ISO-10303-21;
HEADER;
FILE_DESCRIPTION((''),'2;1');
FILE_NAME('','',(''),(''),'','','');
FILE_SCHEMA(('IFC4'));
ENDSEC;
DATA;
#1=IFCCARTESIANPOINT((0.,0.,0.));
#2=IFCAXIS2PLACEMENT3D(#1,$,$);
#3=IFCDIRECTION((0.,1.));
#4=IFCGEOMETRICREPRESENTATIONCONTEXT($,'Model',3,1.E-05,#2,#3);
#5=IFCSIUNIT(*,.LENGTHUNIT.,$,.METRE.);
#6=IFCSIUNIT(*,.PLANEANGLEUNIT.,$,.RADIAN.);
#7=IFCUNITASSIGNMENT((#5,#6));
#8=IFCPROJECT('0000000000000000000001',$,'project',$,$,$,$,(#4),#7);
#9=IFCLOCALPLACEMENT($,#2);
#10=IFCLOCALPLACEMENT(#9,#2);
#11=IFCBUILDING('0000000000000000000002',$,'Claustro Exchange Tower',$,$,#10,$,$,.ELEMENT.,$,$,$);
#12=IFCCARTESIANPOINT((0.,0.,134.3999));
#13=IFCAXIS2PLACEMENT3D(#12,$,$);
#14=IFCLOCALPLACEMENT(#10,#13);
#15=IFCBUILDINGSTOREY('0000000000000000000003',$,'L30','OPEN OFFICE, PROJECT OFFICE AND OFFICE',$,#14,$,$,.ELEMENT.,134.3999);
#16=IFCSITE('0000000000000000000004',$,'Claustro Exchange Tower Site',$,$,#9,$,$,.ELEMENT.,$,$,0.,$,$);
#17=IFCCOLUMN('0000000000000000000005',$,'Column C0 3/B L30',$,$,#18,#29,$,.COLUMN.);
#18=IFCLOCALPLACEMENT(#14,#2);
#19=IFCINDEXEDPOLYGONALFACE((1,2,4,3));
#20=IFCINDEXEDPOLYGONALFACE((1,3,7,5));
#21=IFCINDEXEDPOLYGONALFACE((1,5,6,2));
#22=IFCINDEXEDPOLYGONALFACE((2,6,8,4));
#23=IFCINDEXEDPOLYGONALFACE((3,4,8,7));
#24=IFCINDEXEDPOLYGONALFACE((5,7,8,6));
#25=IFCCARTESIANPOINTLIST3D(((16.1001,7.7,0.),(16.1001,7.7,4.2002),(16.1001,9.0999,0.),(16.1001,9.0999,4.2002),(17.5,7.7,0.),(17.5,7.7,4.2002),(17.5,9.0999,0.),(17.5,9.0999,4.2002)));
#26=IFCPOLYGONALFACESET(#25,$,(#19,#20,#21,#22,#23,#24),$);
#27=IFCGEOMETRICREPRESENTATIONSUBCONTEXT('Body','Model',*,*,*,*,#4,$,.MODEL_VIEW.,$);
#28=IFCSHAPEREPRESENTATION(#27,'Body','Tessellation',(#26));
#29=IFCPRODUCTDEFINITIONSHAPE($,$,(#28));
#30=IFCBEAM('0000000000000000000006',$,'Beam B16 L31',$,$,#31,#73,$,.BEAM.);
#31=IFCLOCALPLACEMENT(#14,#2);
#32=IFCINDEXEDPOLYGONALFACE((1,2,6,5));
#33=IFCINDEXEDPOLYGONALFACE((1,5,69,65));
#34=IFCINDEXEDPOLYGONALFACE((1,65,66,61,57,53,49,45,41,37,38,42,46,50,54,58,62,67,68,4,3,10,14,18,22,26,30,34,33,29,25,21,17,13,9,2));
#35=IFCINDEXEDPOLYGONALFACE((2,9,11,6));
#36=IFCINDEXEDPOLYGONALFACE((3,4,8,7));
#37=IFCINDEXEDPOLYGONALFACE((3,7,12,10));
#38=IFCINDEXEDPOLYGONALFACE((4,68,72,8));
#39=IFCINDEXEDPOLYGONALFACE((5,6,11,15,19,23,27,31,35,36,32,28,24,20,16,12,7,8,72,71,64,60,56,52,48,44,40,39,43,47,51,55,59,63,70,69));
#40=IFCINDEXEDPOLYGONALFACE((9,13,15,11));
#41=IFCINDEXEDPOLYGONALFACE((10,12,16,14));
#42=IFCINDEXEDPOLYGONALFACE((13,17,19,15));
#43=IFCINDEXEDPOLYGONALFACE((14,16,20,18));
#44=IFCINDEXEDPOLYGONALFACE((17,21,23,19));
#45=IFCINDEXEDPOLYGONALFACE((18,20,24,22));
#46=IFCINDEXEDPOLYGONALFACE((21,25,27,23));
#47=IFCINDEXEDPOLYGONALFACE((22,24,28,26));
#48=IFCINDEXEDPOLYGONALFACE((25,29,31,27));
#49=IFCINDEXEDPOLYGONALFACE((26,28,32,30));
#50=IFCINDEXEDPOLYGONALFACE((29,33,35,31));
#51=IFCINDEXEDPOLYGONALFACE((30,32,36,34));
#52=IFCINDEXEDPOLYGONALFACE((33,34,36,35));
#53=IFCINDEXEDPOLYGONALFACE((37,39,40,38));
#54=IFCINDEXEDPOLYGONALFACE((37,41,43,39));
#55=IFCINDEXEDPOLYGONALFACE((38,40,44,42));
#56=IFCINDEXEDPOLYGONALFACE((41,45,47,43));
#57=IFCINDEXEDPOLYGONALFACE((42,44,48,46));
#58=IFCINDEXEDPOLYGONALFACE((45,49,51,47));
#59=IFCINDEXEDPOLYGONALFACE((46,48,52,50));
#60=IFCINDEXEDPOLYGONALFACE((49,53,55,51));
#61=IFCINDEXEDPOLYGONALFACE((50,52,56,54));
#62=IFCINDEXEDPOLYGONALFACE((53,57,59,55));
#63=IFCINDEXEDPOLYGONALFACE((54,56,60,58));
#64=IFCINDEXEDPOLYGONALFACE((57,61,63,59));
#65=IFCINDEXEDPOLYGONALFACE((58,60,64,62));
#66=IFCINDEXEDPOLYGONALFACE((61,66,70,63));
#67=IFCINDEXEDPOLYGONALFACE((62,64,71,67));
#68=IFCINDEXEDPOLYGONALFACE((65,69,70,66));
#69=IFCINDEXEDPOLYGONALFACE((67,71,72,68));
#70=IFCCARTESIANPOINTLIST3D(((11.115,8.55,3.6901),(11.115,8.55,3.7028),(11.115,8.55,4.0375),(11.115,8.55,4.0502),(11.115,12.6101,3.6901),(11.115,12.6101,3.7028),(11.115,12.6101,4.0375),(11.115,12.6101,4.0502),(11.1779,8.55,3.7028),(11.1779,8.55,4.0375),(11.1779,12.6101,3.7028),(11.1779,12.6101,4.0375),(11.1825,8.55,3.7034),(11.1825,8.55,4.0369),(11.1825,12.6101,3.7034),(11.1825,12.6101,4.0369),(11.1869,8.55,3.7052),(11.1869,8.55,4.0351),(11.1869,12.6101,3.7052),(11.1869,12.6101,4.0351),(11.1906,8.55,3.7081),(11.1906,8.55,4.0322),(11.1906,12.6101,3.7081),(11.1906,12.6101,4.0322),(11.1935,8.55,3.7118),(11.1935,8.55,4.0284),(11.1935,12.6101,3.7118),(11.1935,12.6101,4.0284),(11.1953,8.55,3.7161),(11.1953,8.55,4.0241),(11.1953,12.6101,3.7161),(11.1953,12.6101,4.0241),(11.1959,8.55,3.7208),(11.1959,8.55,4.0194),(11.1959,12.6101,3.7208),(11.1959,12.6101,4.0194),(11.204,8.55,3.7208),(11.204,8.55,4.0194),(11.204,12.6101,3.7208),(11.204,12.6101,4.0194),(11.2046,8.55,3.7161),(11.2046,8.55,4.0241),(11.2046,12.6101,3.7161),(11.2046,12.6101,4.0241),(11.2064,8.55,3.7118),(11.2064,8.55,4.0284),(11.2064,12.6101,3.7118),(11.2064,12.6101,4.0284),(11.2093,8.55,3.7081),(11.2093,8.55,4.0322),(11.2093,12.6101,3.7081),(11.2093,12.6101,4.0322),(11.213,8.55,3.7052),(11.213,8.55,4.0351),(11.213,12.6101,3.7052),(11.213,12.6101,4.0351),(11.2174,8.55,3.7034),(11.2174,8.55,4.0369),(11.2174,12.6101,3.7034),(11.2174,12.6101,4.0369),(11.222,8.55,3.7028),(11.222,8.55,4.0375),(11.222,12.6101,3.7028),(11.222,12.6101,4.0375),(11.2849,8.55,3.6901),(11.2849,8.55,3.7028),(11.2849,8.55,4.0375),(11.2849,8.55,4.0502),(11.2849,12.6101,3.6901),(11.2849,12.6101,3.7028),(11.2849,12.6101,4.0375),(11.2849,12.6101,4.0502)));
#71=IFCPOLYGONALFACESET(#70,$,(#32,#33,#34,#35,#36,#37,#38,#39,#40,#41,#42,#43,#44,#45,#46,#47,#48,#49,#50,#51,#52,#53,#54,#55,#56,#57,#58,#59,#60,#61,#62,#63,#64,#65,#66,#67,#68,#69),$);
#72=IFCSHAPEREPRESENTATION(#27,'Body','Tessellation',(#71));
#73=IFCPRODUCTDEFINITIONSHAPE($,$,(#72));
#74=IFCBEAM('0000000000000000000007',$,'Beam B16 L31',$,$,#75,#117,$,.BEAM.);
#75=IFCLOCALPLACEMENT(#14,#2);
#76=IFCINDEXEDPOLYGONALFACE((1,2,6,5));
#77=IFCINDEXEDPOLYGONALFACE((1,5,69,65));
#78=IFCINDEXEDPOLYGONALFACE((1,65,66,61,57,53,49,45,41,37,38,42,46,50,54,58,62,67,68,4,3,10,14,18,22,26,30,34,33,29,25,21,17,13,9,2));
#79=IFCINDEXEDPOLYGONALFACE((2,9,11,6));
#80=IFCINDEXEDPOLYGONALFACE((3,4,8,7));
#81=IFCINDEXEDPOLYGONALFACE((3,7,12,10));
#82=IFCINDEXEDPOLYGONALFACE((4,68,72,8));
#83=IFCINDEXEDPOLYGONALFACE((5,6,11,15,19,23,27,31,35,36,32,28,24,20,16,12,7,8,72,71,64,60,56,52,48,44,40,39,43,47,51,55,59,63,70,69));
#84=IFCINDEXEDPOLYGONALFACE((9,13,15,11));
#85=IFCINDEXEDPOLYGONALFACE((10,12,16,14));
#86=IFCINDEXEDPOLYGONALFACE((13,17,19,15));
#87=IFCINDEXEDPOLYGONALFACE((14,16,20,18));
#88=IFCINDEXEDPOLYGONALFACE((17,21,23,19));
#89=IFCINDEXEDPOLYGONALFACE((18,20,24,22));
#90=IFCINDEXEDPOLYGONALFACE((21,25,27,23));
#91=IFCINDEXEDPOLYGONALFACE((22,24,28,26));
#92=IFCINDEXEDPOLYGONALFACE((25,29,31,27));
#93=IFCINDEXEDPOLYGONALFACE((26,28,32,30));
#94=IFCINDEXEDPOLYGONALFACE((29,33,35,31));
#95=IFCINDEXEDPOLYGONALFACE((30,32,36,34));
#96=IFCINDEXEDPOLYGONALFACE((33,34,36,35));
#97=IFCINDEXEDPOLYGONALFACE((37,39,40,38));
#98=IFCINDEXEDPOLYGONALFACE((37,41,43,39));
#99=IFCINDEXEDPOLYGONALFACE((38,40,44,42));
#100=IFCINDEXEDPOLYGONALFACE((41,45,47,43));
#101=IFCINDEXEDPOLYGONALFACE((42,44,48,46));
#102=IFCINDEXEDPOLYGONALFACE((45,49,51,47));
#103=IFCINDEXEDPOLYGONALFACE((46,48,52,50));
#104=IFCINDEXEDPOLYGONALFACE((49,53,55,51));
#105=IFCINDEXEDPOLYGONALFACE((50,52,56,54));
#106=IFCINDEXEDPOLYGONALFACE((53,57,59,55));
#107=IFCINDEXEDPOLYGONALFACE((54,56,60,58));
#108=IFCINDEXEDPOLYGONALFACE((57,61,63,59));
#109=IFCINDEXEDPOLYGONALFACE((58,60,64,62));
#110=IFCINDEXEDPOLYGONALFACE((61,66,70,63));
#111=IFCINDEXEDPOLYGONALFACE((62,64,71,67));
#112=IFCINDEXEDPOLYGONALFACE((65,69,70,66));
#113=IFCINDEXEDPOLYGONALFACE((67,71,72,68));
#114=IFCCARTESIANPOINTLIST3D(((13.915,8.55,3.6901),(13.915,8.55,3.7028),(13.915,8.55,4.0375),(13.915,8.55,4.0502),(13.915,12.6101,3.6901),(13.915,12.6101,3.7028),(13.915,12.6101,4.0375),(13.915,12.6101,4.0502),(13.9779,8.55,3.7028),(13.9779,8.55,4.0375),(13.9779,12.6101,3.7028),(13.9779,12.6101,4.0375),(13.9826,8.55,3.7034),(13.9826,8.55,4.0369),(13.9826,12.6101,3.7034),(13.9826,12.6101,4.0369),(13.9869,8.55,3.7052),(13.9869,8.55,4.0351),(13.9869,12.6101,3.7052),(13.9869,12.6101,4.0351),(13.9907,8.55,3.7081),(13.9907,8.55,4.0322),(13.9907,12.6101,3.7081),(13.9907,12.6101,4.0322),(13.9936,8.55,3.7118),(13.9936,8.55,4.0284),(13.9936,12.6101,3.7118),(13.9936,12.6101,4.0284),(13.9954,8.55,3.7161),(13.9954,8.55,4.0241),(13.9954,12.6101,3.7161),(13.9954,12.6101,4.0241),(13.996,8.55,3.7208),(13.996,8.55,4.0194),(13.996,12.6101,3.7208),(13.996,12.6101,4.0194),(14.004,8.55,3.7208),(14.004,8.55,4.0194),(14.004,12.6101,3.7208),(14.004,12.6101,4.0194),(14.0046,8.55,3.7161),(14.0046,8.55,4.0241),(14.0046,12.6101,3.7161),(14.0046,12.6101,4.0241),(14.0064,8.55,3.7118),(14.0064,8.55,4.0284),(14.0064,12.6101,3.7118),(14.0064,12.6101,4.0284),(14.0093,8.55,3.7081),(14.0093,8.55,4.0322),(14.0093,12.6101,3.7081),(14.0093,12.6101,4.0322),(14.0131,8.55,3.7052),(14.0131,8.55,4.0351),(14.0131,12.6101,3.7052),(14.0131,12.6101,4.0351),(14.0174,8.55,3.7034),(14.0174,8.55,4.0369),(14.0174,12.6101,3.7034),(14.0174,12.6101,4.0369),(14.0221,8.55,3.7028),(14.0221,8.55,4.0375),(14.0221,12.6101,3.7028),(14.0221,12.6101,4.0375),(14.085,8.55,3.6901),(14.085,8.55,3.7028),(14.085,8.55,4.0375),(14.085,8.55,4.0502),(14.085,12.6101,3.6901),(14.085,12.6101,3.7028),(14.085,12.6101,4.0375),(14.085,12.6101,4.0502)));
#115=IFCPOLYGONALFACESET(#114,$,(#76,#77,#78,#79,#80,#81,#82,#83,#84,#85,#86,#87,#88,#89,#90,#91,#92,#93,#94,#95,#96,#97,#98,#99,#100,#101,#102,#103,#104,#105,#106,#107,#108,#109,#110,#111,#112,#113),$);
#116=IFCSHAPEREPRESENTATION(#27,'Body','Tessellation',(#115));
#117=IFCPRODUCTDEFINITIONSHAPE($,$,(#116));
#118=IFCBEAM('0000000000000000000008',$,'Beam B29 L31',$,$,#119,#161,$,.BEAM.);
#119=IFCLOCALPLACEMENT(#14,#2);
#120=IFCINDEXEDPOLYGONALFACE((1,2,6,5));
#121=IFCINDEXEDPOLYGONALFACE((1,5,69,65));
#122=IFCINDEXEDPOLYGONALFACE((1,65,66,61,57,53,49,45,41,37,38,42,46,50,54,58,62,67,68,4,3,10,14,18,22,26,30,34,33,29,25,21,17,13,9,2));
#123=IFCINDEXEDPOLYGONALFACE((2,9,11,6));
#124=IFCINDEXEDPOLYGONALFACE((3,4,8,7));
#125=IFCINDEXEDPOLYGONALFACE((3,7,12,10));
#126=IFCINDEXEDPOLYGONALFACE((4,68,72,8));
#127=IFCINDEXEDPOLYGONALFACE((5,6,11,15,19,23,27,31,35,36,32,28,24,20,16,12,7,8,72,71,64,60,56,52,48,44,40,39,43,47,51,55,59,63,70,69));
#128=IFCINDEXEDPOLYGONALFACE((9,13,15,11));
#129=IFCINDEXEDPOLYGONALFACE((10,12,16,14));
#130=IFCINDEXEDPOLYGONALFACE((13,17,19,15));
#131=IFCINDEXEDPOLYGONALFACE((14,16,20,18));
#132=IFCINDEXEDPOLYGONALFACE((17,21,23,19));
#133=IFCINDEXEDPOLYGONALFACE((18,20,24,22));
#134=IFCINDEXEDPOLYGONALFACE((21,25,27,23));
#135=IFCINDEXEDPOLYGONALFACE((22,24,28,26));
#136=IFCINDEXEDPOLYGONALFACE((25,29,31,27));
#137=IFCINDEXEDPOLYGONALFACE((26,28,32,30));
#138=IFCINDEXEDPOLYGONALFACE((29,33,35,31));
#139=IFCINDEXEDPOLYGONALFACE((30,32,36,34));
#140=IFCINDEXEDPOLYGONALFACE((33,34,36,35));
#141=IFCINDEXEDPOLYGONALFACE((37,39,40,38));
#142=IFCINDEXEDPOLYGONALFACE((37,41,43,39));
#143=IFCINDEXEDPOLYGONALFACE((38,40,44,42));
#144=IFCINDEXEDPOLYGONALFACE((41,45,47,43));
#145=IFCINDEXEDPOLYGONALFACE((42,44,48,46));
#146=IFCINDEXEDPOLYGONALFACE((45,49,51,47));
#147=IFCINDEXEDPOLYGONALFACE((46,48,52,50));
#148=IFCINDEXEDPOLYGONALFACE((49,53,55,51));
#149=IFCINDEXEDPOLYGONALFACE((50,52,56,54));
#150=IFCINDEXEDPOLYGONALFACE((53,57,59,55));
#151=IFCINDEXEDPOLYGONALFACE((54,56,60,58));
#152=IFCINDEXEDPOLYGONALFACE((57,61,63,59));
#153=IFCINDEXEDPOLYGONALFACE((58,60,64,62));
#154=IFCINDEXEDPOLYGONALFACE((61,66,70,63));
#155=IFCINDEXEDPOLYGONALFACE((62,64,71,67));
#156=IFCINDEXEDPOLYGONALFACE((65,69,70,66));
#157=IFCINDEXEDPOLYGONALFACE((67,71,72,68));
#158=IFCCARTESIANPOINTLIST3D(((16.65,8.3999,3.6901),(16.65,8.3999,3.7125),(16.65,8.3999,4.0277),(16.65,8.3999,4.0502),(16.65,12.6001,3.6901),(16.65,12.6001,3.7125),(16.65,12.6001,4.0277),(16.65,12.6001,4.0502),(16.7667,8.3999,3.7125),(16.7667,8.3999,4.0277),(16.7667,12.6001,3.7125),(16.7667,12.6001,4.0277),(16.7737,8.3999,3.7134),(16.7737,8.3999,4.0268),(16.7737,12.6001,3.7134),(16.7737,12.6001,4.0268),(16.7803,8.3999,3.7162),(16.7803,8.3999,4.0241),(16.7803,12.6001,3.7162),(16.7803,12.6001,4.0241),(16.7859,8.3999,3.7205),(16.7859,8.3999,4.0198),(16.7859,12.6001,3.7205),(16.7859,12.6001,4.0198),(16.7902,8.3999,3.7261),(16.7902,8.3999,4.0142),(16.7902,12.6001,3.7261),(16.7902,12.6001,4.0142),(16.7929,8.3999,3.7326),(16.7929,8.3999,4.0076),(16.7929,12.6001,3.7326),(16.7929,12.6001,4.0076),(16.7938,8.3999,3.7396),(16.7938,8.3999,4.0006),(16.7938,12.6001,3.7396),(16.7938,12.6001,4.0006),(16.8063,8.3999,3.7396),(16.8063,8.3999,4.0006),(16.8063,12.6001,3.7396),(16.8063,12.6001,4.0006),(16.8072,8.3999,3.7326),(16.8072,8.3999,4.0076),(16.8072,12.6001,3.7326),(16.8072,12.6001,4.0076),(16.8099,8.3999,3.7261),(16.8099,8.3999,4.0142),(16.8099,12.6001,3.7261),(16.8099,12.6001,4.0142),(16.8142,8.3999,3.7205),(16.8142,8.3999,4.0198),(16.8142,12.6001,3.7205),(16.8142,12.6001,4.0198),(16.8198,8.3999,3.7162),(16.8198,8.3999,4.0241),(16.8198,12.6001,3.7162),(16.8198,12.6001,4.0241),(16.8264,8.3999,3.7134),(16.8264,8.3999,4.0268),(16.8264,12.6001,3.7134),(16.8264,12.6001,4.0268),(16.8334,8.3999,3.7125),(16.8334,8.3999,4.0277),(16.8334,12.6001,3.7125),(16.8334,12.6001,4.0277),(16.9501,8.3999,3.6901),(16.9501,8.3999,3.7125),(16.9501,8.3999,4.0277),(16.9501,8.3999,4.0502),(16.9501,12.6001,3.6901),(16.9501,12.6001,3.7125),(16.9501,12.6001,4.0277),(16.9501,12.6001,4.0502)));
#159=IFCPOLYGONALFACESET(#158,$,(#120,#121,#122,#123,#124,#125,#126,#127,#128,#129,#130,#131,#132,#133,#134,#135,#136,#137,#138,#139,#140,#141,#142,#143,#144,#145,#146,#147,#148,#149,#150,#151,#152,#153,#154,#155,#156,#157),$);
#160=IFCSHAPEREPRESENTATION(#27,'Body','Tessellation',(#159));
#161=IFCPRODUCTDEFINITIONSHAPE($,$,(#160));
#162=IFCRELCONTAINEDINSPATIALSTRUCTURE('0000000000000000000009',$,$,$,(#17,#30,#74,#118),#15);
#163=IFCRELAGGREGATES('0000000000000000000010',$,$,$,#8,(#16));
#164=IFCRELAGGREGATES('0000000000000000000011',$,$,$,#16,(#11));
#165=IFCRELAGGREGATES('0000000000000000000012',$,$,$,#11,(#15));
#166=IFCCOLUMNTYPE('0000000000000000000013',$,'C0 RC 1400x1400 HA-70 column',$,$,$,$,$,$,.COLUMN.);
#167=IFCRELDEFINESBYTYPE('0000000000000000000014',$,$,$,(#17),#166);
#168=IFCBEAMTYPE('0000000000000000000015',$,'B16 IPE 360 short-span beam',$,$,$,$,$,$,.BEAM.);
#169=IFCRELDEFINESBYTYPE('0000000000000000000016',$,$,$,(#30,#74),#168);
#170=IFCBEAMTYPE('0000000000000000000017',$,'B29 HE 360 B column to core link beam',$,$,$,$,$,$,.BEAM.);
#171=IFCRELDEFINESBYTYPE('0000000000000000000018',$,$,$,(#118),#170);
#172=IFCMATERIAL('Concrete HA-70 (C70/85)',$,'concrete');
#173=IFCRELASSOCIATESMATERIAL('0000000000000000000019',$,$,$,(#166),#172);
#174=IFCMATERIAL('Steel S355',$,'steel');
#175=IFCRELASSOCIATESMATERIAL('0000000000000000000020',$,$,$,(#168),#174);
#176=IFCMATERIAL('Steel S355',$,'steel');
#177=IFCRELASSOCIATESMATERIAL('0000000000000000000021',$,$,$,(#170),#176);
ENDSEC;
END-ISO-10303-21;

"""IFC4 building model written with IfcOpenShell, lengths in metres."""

from ifc_helpers import new_model, si_unit, direction, frame, origin, origin_2d, place, context, subcontext, project, spatial, rectangle, i_section, extrude, material, material_profile, profile_set, type_object, element, save


model = new_model("IFC4")

# Units and contexts
model_context = context("Model", 3, precision=1e-05, world=origin(), true_north=direction((0.0, 1.0)))
body_context = subcontext(model_context, "Body", "Model", "MODEL_VIEW")
ifc_project = project(units=[si_unit("LENGTHUNIT", "METRE"), si_unit("PLANEANGLEUNIT", "RADIAN")], contexts=[model_context])

# Site, building, storey
site_placement = place(None, origin())
site = spatial("IfcSite", under=ifc_project, at=site_placement, Name="Claustro Exchange Tower Site", CompositionType="ELEMENT", RefElevation=0.0)
building_placement = place(site_placement, origin())
building = spatial("IfcBuilding", under=site, at=building_placement, Name="Claustro Exchange Tower", CompositionType="ELEMENT")
storey_placement = place(building_placement, frame((0.0, 0.0, 134.3999)))
storey = spatial("IfcBuildingStorey", under=building, at=storey_placement, Name="L30", Description="OPEN OFFICE, PROJECT OFFICE AND OFFICE", CompositionType="ELEMENT", Elevation=134.3999)

# Column
ifc_material_1 = material(Name="Concrete HA-70 (C70/85)", Category="concrete")
ifc_material_profile_1 = material_profile(ifc_material_1, rectangle(XDim=1.3999, YDim=1.3999, at=origin_2d()), Name="RC 1400x1400")
ifc_profile_set_1 = profile_set([ifc_material_profile_1], Name="Concrete HA-70 (C70/85)")
column_type = type_object("IfcColumnType", Name="C0 RC 1400x1400 HA-70 column", PredefinedType="COLUMN", material=ifc_profile_set_1)
column_placement = place(storey_placement, frame((16.8, 8.3999, 0.0), z_axis=(0.0, 0.0, 1.0), x_axis=(1.0, 0.0, 0.0)))
element("IfcColumn", 1, at=column_placement, inside=storey, type_object=column_type, Name="Column C0 3/B L30", PredefinedType="COLUMN", context=body_context, shape_type="SweptSolid", body=[
    extrude(rectangle(XDim=1.3999, YDim=1.3999, at=origin_2d()), origin(), (0.0, 0.0, 1.0), 4.2002),
])

# Beams
ifc_material_2 = material(Name="Steel S355", Category="steel")
ifc_material_profile_2 = material_profile(ifc_material_2, i_section(OverallWidth=0.1699, OverallDepth=0.3601, WebThickness=0.0081, FlangeThickness=0.0127, FilletRadius=0.0181, at=origin_2d()), Name="IPE 360")
ifc_profile_set_2 = profile_set([ifc_material_profile_2], Name="Steel S355")
beam_type_1 = type_object("IfcBeamType", Name="B16 IPE 360 short-span beam", PredefinedType="BEAM", material=ifc_profile_set_2)
for number, where, z_axis, x_axis, name in (
    (2, (11.2, 8.55, 3.8701), (0.0, 1.0, 0.0), (-1.0, 0.0, 0.0), "Beam B16 L31"),
    (3, (14.0, 8.55, 3.8701), (0.0, 1.0, 0.0), (-1.0, 0.0, 0.0), "Beam B16 L31"),
):
    element("IfcBeam", number, at=place(storey_placement, frame(where, z_axis=z_axis, x_axis=x_axis)), inside=storey, type_object=beam_type_1, Name=name, PredefinedType="BEAM", context=body_context, shape_type="SweptSolid", body=[
        extrude(i_section(OverallWidth=0.1699, OverallDepth=0.3601, WebThickness=0.0081, FlangeThickness=0.0127, FilletRadius=0.0181, at=origin_2d()), origin(), (0.0, 0.0, 1.0), 4.0601),
    ])
ifc_material_3 = material(Name="Steel S355", Category="steel")
ifc_material_profile_3 = material_profile(ifc_material_3, i_section(OverallWidth=0.3, OverallDepth=0.3601, WebThickness=0.0125, FlangeThickness=0.0225, FilletRadius=0.0271, at=origin_2d()), Name="HE 360 B")
ifc_profile_set_3 = profile_set([ifc_material_profile_3], Name="Steel S355")
beam_type_2 = type_object("IfcBeamType", Name="B29 HE 360 B column to core link beam", PredefinedType="BEAM", material=ifc_profile_set_3)
beam_1_placement = place(storey_placement, frame((16.8, 8.3999, 3.8701), z_axis=(0.0, 1.0, 0.0), x_axis=(-1.0, 0.0, 0.0)))
element("IfcBeam", 4, at=beam_1_placement, inside=storey, type_object=beam_type_2, Name="Beam B29 L31", PredefinedType="BEAM", context=body_context, shape_type="SweptSolid", body=[
    extrude(i_section(OverallWidth=0.3, OverallDepth=0.3601, WebThickness=0.0125, FlangeThickness=0.0225, FilletRadius=0.0271, at=origin_2d()), origin(), (0.0, 0.0, 1.0), 4.2002),
])

save(model, "model.ifc")
